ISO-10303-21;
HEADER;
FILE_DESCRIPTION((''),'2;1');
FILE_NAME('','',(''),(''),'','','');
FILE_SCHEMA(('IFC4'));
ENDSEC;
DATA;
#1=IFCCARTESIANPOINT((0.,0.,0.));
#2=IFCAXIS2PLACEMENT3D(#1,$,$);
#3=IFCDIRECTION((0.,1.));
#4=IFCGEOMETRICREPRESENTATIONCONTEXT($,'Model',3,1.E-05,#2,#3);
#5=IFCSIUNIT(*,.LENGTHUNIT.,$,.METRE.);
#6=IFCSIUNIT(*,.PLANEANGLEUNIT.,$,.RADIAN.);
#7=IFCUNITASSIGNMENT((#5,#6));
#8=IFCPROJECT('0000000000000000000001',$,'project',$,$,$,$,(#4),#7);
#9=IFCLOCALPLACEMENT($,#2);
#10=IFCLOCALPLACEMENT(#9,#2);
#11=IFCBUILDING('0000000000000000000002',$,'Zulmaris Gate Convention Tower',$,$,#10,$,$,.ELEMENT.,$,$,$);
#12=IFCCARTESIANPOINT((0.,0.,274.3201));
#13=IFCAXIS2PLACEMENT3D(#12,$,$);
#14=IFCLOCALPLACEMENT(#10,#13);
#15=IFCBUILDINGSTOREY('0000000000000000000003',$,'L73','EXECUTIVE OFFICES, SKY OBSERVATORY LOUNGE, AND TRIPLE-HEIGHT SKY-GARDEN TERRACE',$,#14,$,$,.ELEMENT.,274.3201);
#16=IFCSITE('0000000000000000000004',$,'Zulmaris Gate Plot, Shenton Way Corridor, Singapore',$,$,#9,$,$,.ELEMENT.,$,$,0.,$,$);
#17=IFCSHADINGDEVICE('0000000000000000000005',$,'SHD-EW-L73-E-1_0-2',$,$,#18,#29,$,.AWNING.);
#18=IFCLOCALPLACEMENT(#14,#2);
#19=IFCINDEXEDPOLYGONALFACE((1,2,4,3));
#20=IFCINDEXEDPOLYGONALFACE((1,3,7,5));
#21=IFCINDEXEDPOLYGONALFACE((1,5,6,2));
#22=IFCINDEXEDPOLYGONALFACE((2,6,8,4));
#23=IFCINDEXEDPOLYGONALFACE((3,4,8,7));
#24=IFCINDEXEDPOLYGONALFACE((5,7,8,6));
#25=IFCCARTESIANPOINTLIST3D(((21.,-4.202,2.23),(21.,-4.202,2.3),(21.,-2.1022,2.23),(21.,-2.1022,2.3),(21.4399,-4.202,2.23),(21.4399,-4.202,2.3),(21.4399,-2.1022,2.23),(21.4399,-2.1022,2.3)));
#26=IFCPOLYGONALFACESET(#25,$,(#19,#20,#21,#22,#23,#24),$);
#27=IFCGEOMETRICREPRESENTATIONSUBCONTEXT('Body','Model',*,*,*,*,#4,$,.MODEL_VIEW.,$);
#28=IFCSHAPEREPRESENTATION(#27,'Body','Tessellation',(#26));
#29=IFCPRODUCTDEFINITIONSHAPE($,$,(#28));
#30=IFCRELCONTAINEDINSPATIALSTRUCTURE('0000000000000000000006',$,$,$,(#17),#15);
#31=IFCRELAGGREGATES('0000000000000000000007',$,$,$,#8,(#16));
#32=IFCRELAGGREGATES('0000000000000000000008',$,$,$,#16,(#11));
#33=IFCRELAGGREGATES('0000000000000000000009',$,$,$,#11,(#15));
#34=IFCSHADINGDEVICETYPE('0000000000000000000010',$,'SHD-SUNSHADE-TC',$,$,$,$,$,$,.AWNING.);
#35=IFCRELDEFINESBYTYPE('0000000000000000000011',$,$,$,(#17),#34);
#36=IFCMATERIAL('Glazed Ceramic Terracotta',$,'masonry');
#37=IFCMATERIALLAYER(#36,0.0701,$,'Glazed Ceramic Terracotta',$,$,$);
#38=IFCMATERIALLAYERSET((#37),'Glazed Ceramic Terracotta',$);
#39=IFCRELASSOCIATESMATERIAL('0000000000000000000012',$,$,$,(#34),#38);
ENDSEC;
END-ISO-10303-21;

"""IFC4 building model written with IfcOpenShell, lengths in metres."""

from ifc_helpers import new_model, si_unit, direction, frame, frame_2d, origin, place, context, subcontext, project, spatial, rectangle, extrude, material, layer, layer_set, type_object, element, save


model = new_model("IFC4")

# Units and contexts
model_context = context("Model", 3, precision=1e-05, world=origin(), true_north=direction((0.0, 1.0)))
body_context = subcontext(model_context, "Body", "Model", "MODEL_VIEW")
ifc_project = project(units=[si_unit("LENGTHUNIT", "METRE"), si_unit("PLANEANGLEUNIT", "RADIAN")], contexts=[model_context])

# Site, building, storey
site_placement = place(None, origin())
site = spatial("IfcSite", under=ifc_project, at=site_placement, Name="Zulmaris Gate Plot, Shenton Way Corridor, Singapore", CompositionType="ELEMENT", RefElevation=0.0)
building_placement = place(site_placement, origin())
building = spatial("IfcBuilding", under=site, at=building_placement, Name="Zulmaris Gate Convention Tower", CompositionType="ELEMENT")
storey_placement = place(building_placement, frame((0.0, 0.0, 274.3201)))
storey = spatial("IfcBuildingStorey", under=building, at=storey_placement, Name="L73", Description="EXECUTIVE OFFICES, SKY OBSERVATORY LOUNGE, AND TRIPLE-HEIGHT SKY-GARDEN TERRACE", CompositionType="ELEMENT", Elevation=274.3201)

# Shading device
ifc_material_1 = material(Name="Glazed Ceramic Terracotta", Category="masonry")
ifc_layer_1 = layer(ifc_material_1, 0.0701, Name="Glazed Ceramic Terracotta")
ifc_layer_set_1 = layer_set([ifc_layer_1], Name="Glazed Ceramic Terracotta")
shading_device_type = type_object("IfcShadingDeviceType", Name="SHD-SUNSHADE-TC", PredefinedType="AWNING", material=ifc_layer_set_1)
for number, where, z_axis, x_axis, name in (
    (1, (21.22, -4.2019, 2.23), (0.0, 0.0, 1.0), (0.0, 1.0, 0.0), "SHD-EW-L73-E-1_0-2"),
):
    element("IfcShadingDevice", number, at=place(storey_placement, frame(where, z_axis=z_axis, x_axis=x_axis)), inside=storey, type_object=shading_device_type, Name=name, PredefinedType="AWNING", context=body_context, shape_type="SweptSolid", body=[
        extrude(rectangle(XDim=2.0999, YDim=0.4399, at=frame_2d((1.0498, 0.0))), origin(), (0.0, 0.0, 1.0), 0.0701),
    ])

save(model, "model.ifc")
